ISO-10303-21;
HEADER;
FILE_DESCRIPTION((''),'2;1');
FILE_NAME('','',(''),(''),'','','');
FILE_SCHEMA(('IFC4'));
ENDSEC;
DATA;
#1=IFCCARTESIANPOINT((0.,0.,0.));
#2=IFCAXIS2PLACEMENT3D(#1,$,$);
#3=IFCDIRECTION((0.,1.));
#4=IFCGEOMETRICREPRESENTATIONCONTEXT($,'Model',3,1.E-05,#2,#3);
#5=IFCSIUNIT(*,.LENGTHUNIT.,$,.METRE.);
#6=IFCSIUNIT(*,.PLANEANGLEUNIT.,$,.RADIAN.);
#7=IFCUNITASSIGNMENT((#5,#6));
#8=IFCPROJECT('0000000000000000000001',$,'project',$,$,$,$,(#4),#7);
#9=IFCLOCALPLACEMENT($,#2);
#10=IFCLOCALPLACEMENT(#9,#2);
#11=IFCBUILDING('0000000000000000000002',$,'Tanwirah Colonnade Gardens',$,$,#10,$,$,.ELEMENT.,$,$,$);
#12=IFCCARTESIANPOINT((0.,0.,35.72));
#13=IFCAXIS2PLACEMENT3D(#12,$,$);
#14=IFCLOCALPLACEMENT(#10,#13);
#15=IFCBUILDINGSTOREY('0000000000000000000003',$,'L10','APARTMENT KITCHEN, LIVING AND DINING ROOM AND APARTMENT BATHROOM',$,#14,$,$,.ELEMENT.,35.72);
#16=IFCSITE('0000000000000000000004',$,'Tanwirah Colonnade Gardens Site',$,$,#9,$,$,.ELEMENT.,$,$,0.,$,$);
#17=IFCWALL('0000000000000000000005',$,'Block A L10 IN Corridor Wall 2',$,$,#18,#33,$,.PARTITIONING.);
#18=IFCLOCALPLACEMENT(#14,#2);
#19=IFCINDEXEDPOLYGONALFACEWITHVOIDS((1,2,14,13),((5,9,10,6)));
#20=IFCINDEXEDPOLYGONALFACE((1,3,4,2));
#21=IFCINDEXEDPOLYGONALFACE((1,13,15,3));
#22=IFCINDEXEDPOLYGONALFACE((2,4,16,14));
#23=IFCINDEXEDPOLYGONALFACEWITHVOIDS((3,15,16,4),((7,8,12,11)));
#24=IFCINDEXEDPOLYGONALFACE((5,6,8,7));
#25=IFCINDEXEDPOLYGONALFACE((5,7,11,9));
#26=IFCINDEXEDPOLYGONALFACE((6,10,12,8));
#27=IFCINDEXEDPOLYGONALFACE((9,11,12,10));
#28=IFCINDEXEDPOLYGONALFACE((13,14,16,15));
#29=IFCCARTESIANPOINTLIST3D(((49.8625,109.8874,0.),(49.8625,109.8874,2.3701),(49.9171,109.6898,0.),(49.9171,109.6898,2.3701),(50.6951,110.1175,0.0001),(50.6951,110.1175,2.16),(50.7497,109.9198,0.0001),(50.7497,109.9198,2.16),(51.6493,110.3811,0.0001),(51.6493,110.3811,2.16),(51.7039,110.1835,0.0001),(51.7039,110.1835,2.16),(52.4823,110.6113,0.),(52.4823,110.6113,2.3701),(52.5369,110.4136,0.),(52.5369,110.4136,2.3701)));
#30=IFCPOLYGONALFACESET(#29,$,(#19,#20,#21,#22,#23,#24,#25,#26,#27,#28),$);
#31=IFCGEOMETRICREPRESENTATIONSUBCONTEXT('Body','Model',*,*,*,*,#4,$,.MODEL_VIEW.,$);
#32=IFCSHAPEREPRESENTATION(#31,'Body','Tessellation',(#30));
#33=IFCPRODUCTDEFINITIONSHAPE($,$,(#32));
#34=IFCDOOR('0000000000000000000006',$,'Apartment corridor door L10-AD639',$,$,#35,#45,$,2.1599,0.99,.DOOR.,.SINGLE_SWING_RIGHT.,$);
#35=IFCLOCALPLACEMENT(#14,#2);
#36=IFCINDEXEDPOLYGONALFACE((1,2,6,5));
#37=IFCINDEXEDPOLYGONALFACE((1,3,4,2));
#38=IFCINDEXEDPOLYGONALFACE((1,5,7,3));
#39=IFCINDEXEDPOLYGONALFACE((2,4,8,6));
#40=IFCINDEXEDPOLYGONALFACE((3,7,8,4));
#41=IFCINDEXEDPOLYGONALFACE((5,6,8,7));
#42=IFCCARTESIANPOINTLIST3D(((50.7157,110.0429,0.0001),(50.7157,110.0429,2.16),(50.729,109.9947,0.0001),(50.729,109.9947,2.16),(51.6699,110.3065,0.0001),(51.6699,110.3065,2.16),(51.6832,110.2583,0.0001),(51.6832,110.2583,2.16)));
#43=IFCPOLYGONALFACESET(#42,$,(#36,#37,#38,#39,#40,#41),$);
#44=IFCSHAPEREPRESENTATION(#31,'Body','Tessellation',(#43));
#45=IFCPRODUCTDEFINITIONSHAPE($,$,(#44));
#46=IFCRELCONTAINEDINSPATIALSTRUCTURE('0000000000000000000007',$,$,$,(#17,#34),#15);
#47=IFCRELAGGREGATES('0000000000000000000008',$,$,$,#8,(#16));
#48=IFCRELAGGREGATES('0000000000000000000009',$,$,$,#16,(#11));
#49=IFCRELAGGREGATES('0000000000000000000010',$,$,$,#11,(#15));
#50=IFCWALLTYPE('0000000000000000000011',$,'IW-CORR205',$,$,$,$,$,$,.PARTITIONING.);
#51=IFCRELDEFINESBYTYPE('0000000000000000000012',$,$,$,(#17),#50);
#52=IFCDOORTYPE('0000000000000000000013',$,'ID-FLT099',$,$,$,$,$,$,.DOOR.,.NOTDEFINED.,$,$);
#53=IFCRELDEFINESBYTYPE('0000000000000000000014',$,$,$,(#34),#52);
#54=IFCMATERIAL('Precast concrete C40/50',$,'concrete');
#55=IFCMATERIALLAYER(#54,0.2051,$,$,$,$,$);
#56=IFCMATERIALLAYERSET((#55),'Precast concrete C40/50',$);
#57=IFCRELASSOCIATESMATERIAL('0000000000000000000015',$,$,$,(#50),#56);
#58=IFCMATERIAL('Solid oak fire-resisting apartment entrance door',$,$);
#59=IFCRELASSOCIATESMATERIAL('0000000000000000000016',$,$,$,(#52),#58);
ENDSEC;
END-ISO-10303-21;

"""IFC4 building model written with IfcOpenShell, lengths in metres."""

from ifc_helpers import new_model, si_unit, direction, frame, frame_2d, origin, place, context, subcontext, project, spatial, rectangle, extrude, material, layer, layer_set, type_object, element, fill, save


model = new_model("IFC4")

# Units and contexts
model_context = context("Model", 3, precision=1e-05, world=origin(), true_north=direction((0.0, 1.0)))
body_context = subcontext(model_context, "Body", "Model", "MODEL_VIEW")
ifc_project = project(units=[si_unit("LENGTHUNIT", "METRE"), si_unit("PLANEANGLEUNIT", "RADIAN")], contexts=[model_context])

# Site, building, storey
site_placement = place(None, origin())
site = spatial("IfcSite", under=ifc_project, at=site_placement, Name="Tanwirah Colonnade Gardens Site", CompositionType="ELEMENT", RefElevation=0.0)
building_placement = place(site_placement, origin())
building = spatial("IfcBuilding", under=site, at=building_placement, Name="Tanwirah Colonnade Gardens", CompositionType="ELEMENT")
storey_placement = place(building_placement, frame((0.0, 0.0, 35.72)))
storey = spatial("IfcBuildingStorey", under=building, at=storey_placement, Name="L10", Description="APARTMENT KITCHEN, LIVING AND DINING ROOM AND APARTMENT BATHROOM", CompositionType="ELEMENT", Elevation=35.72)

# Shared definitions
ifc_material_1 = material(Name="Precast concrete C40/50", Category="concrete")

# Wall, opening, door
ifc_layer = layer(ifc_material_1, 0.2051)
ifc_layer_set = layer_set([ifc_layer], Name="Precast concrete C40/50")
wall_type = type_object("IfcWallType", Name="IW-CORR205", PredefinedType="PARTITIONING", material=ifc_layer_set)
ifc_material_2 = material(Name="Solid oak fire-resisting apartment entrance door")
door_type_1 = type_object("IfcDoorType", Name="ID-FLT099", OperationType="NOTDEFINED", PredefinedType="DOOR", material=ifc_material_2)
wall_1_placement = place(storey_placement, frame((52.5095, 110.5125, 0.0), z_axis=(0.0, 0.0, 1.0), x_axis=(-0.963884, -0.266323, 0.0)))
wall_1 = element("IfcWall", 1, at=wall_1_placement, inside=storey, type_object=wall_type, Name="Block A L10 IN Corridor Wall 2", PredefinedType="PARTITIONING", context=body_context, shape_type="SweptSolid", body=[
    extrude(rectangle(XDim=2.718, YDim=0.2051, at=frame_2d((1.3589, 0.0))), origin(), (0.0, 0.0, 1.0), 2.3701),
])
opening_1_placement = place(wall_1_placement, frame((0.864, 0.0, 0.0)))
opening_1 = element("IfcOpeningElement", 2, at=opening_1_placement, cuts=wall_1, PredefinedType="OPENING", context=body_context, shape_type="SweptSolid", body=[
    extrude(rectangle(XDim=0.99, YDim=2.1599, at=frame_2d((0.4951, 1.0801))), frame((0.0, 0.1125, 0.0), z_axis=(0.0, -1.0, 0.0), x_axis=(1.0, 0.0, 0.0)), (0.0, 0.0, 1.0), 0.2251),
])
door_1_placement = place(opening_1_placement, origin())
door_1 = element("IfcDoor", 3, at=door_1_placement, inside=storey, type_object=door_type_1, Name="Apartment corridor door L10-AD639", OperationType="SINGLE_SWING_RIGHT", OverallHeight=2.1599, OverallWidth=0.99, PredefinedType="DOOR", context=body_context, shape_type="SweptSolid", body=[
    extrude(rectangle(XDim=0.99, YDim=2.1599, at=frame_2d((0.4951, 1.0801))), frame((0.0, 0.0249, 0.0), z_axis=(0.0, -1.0, 0.0), x_axis=(1.0, 0.0, 0.0)), (0.0, 0.0, 1.0), 0.05),
])
fill(opening_1, door_1)

save(model, "model.ifc")
